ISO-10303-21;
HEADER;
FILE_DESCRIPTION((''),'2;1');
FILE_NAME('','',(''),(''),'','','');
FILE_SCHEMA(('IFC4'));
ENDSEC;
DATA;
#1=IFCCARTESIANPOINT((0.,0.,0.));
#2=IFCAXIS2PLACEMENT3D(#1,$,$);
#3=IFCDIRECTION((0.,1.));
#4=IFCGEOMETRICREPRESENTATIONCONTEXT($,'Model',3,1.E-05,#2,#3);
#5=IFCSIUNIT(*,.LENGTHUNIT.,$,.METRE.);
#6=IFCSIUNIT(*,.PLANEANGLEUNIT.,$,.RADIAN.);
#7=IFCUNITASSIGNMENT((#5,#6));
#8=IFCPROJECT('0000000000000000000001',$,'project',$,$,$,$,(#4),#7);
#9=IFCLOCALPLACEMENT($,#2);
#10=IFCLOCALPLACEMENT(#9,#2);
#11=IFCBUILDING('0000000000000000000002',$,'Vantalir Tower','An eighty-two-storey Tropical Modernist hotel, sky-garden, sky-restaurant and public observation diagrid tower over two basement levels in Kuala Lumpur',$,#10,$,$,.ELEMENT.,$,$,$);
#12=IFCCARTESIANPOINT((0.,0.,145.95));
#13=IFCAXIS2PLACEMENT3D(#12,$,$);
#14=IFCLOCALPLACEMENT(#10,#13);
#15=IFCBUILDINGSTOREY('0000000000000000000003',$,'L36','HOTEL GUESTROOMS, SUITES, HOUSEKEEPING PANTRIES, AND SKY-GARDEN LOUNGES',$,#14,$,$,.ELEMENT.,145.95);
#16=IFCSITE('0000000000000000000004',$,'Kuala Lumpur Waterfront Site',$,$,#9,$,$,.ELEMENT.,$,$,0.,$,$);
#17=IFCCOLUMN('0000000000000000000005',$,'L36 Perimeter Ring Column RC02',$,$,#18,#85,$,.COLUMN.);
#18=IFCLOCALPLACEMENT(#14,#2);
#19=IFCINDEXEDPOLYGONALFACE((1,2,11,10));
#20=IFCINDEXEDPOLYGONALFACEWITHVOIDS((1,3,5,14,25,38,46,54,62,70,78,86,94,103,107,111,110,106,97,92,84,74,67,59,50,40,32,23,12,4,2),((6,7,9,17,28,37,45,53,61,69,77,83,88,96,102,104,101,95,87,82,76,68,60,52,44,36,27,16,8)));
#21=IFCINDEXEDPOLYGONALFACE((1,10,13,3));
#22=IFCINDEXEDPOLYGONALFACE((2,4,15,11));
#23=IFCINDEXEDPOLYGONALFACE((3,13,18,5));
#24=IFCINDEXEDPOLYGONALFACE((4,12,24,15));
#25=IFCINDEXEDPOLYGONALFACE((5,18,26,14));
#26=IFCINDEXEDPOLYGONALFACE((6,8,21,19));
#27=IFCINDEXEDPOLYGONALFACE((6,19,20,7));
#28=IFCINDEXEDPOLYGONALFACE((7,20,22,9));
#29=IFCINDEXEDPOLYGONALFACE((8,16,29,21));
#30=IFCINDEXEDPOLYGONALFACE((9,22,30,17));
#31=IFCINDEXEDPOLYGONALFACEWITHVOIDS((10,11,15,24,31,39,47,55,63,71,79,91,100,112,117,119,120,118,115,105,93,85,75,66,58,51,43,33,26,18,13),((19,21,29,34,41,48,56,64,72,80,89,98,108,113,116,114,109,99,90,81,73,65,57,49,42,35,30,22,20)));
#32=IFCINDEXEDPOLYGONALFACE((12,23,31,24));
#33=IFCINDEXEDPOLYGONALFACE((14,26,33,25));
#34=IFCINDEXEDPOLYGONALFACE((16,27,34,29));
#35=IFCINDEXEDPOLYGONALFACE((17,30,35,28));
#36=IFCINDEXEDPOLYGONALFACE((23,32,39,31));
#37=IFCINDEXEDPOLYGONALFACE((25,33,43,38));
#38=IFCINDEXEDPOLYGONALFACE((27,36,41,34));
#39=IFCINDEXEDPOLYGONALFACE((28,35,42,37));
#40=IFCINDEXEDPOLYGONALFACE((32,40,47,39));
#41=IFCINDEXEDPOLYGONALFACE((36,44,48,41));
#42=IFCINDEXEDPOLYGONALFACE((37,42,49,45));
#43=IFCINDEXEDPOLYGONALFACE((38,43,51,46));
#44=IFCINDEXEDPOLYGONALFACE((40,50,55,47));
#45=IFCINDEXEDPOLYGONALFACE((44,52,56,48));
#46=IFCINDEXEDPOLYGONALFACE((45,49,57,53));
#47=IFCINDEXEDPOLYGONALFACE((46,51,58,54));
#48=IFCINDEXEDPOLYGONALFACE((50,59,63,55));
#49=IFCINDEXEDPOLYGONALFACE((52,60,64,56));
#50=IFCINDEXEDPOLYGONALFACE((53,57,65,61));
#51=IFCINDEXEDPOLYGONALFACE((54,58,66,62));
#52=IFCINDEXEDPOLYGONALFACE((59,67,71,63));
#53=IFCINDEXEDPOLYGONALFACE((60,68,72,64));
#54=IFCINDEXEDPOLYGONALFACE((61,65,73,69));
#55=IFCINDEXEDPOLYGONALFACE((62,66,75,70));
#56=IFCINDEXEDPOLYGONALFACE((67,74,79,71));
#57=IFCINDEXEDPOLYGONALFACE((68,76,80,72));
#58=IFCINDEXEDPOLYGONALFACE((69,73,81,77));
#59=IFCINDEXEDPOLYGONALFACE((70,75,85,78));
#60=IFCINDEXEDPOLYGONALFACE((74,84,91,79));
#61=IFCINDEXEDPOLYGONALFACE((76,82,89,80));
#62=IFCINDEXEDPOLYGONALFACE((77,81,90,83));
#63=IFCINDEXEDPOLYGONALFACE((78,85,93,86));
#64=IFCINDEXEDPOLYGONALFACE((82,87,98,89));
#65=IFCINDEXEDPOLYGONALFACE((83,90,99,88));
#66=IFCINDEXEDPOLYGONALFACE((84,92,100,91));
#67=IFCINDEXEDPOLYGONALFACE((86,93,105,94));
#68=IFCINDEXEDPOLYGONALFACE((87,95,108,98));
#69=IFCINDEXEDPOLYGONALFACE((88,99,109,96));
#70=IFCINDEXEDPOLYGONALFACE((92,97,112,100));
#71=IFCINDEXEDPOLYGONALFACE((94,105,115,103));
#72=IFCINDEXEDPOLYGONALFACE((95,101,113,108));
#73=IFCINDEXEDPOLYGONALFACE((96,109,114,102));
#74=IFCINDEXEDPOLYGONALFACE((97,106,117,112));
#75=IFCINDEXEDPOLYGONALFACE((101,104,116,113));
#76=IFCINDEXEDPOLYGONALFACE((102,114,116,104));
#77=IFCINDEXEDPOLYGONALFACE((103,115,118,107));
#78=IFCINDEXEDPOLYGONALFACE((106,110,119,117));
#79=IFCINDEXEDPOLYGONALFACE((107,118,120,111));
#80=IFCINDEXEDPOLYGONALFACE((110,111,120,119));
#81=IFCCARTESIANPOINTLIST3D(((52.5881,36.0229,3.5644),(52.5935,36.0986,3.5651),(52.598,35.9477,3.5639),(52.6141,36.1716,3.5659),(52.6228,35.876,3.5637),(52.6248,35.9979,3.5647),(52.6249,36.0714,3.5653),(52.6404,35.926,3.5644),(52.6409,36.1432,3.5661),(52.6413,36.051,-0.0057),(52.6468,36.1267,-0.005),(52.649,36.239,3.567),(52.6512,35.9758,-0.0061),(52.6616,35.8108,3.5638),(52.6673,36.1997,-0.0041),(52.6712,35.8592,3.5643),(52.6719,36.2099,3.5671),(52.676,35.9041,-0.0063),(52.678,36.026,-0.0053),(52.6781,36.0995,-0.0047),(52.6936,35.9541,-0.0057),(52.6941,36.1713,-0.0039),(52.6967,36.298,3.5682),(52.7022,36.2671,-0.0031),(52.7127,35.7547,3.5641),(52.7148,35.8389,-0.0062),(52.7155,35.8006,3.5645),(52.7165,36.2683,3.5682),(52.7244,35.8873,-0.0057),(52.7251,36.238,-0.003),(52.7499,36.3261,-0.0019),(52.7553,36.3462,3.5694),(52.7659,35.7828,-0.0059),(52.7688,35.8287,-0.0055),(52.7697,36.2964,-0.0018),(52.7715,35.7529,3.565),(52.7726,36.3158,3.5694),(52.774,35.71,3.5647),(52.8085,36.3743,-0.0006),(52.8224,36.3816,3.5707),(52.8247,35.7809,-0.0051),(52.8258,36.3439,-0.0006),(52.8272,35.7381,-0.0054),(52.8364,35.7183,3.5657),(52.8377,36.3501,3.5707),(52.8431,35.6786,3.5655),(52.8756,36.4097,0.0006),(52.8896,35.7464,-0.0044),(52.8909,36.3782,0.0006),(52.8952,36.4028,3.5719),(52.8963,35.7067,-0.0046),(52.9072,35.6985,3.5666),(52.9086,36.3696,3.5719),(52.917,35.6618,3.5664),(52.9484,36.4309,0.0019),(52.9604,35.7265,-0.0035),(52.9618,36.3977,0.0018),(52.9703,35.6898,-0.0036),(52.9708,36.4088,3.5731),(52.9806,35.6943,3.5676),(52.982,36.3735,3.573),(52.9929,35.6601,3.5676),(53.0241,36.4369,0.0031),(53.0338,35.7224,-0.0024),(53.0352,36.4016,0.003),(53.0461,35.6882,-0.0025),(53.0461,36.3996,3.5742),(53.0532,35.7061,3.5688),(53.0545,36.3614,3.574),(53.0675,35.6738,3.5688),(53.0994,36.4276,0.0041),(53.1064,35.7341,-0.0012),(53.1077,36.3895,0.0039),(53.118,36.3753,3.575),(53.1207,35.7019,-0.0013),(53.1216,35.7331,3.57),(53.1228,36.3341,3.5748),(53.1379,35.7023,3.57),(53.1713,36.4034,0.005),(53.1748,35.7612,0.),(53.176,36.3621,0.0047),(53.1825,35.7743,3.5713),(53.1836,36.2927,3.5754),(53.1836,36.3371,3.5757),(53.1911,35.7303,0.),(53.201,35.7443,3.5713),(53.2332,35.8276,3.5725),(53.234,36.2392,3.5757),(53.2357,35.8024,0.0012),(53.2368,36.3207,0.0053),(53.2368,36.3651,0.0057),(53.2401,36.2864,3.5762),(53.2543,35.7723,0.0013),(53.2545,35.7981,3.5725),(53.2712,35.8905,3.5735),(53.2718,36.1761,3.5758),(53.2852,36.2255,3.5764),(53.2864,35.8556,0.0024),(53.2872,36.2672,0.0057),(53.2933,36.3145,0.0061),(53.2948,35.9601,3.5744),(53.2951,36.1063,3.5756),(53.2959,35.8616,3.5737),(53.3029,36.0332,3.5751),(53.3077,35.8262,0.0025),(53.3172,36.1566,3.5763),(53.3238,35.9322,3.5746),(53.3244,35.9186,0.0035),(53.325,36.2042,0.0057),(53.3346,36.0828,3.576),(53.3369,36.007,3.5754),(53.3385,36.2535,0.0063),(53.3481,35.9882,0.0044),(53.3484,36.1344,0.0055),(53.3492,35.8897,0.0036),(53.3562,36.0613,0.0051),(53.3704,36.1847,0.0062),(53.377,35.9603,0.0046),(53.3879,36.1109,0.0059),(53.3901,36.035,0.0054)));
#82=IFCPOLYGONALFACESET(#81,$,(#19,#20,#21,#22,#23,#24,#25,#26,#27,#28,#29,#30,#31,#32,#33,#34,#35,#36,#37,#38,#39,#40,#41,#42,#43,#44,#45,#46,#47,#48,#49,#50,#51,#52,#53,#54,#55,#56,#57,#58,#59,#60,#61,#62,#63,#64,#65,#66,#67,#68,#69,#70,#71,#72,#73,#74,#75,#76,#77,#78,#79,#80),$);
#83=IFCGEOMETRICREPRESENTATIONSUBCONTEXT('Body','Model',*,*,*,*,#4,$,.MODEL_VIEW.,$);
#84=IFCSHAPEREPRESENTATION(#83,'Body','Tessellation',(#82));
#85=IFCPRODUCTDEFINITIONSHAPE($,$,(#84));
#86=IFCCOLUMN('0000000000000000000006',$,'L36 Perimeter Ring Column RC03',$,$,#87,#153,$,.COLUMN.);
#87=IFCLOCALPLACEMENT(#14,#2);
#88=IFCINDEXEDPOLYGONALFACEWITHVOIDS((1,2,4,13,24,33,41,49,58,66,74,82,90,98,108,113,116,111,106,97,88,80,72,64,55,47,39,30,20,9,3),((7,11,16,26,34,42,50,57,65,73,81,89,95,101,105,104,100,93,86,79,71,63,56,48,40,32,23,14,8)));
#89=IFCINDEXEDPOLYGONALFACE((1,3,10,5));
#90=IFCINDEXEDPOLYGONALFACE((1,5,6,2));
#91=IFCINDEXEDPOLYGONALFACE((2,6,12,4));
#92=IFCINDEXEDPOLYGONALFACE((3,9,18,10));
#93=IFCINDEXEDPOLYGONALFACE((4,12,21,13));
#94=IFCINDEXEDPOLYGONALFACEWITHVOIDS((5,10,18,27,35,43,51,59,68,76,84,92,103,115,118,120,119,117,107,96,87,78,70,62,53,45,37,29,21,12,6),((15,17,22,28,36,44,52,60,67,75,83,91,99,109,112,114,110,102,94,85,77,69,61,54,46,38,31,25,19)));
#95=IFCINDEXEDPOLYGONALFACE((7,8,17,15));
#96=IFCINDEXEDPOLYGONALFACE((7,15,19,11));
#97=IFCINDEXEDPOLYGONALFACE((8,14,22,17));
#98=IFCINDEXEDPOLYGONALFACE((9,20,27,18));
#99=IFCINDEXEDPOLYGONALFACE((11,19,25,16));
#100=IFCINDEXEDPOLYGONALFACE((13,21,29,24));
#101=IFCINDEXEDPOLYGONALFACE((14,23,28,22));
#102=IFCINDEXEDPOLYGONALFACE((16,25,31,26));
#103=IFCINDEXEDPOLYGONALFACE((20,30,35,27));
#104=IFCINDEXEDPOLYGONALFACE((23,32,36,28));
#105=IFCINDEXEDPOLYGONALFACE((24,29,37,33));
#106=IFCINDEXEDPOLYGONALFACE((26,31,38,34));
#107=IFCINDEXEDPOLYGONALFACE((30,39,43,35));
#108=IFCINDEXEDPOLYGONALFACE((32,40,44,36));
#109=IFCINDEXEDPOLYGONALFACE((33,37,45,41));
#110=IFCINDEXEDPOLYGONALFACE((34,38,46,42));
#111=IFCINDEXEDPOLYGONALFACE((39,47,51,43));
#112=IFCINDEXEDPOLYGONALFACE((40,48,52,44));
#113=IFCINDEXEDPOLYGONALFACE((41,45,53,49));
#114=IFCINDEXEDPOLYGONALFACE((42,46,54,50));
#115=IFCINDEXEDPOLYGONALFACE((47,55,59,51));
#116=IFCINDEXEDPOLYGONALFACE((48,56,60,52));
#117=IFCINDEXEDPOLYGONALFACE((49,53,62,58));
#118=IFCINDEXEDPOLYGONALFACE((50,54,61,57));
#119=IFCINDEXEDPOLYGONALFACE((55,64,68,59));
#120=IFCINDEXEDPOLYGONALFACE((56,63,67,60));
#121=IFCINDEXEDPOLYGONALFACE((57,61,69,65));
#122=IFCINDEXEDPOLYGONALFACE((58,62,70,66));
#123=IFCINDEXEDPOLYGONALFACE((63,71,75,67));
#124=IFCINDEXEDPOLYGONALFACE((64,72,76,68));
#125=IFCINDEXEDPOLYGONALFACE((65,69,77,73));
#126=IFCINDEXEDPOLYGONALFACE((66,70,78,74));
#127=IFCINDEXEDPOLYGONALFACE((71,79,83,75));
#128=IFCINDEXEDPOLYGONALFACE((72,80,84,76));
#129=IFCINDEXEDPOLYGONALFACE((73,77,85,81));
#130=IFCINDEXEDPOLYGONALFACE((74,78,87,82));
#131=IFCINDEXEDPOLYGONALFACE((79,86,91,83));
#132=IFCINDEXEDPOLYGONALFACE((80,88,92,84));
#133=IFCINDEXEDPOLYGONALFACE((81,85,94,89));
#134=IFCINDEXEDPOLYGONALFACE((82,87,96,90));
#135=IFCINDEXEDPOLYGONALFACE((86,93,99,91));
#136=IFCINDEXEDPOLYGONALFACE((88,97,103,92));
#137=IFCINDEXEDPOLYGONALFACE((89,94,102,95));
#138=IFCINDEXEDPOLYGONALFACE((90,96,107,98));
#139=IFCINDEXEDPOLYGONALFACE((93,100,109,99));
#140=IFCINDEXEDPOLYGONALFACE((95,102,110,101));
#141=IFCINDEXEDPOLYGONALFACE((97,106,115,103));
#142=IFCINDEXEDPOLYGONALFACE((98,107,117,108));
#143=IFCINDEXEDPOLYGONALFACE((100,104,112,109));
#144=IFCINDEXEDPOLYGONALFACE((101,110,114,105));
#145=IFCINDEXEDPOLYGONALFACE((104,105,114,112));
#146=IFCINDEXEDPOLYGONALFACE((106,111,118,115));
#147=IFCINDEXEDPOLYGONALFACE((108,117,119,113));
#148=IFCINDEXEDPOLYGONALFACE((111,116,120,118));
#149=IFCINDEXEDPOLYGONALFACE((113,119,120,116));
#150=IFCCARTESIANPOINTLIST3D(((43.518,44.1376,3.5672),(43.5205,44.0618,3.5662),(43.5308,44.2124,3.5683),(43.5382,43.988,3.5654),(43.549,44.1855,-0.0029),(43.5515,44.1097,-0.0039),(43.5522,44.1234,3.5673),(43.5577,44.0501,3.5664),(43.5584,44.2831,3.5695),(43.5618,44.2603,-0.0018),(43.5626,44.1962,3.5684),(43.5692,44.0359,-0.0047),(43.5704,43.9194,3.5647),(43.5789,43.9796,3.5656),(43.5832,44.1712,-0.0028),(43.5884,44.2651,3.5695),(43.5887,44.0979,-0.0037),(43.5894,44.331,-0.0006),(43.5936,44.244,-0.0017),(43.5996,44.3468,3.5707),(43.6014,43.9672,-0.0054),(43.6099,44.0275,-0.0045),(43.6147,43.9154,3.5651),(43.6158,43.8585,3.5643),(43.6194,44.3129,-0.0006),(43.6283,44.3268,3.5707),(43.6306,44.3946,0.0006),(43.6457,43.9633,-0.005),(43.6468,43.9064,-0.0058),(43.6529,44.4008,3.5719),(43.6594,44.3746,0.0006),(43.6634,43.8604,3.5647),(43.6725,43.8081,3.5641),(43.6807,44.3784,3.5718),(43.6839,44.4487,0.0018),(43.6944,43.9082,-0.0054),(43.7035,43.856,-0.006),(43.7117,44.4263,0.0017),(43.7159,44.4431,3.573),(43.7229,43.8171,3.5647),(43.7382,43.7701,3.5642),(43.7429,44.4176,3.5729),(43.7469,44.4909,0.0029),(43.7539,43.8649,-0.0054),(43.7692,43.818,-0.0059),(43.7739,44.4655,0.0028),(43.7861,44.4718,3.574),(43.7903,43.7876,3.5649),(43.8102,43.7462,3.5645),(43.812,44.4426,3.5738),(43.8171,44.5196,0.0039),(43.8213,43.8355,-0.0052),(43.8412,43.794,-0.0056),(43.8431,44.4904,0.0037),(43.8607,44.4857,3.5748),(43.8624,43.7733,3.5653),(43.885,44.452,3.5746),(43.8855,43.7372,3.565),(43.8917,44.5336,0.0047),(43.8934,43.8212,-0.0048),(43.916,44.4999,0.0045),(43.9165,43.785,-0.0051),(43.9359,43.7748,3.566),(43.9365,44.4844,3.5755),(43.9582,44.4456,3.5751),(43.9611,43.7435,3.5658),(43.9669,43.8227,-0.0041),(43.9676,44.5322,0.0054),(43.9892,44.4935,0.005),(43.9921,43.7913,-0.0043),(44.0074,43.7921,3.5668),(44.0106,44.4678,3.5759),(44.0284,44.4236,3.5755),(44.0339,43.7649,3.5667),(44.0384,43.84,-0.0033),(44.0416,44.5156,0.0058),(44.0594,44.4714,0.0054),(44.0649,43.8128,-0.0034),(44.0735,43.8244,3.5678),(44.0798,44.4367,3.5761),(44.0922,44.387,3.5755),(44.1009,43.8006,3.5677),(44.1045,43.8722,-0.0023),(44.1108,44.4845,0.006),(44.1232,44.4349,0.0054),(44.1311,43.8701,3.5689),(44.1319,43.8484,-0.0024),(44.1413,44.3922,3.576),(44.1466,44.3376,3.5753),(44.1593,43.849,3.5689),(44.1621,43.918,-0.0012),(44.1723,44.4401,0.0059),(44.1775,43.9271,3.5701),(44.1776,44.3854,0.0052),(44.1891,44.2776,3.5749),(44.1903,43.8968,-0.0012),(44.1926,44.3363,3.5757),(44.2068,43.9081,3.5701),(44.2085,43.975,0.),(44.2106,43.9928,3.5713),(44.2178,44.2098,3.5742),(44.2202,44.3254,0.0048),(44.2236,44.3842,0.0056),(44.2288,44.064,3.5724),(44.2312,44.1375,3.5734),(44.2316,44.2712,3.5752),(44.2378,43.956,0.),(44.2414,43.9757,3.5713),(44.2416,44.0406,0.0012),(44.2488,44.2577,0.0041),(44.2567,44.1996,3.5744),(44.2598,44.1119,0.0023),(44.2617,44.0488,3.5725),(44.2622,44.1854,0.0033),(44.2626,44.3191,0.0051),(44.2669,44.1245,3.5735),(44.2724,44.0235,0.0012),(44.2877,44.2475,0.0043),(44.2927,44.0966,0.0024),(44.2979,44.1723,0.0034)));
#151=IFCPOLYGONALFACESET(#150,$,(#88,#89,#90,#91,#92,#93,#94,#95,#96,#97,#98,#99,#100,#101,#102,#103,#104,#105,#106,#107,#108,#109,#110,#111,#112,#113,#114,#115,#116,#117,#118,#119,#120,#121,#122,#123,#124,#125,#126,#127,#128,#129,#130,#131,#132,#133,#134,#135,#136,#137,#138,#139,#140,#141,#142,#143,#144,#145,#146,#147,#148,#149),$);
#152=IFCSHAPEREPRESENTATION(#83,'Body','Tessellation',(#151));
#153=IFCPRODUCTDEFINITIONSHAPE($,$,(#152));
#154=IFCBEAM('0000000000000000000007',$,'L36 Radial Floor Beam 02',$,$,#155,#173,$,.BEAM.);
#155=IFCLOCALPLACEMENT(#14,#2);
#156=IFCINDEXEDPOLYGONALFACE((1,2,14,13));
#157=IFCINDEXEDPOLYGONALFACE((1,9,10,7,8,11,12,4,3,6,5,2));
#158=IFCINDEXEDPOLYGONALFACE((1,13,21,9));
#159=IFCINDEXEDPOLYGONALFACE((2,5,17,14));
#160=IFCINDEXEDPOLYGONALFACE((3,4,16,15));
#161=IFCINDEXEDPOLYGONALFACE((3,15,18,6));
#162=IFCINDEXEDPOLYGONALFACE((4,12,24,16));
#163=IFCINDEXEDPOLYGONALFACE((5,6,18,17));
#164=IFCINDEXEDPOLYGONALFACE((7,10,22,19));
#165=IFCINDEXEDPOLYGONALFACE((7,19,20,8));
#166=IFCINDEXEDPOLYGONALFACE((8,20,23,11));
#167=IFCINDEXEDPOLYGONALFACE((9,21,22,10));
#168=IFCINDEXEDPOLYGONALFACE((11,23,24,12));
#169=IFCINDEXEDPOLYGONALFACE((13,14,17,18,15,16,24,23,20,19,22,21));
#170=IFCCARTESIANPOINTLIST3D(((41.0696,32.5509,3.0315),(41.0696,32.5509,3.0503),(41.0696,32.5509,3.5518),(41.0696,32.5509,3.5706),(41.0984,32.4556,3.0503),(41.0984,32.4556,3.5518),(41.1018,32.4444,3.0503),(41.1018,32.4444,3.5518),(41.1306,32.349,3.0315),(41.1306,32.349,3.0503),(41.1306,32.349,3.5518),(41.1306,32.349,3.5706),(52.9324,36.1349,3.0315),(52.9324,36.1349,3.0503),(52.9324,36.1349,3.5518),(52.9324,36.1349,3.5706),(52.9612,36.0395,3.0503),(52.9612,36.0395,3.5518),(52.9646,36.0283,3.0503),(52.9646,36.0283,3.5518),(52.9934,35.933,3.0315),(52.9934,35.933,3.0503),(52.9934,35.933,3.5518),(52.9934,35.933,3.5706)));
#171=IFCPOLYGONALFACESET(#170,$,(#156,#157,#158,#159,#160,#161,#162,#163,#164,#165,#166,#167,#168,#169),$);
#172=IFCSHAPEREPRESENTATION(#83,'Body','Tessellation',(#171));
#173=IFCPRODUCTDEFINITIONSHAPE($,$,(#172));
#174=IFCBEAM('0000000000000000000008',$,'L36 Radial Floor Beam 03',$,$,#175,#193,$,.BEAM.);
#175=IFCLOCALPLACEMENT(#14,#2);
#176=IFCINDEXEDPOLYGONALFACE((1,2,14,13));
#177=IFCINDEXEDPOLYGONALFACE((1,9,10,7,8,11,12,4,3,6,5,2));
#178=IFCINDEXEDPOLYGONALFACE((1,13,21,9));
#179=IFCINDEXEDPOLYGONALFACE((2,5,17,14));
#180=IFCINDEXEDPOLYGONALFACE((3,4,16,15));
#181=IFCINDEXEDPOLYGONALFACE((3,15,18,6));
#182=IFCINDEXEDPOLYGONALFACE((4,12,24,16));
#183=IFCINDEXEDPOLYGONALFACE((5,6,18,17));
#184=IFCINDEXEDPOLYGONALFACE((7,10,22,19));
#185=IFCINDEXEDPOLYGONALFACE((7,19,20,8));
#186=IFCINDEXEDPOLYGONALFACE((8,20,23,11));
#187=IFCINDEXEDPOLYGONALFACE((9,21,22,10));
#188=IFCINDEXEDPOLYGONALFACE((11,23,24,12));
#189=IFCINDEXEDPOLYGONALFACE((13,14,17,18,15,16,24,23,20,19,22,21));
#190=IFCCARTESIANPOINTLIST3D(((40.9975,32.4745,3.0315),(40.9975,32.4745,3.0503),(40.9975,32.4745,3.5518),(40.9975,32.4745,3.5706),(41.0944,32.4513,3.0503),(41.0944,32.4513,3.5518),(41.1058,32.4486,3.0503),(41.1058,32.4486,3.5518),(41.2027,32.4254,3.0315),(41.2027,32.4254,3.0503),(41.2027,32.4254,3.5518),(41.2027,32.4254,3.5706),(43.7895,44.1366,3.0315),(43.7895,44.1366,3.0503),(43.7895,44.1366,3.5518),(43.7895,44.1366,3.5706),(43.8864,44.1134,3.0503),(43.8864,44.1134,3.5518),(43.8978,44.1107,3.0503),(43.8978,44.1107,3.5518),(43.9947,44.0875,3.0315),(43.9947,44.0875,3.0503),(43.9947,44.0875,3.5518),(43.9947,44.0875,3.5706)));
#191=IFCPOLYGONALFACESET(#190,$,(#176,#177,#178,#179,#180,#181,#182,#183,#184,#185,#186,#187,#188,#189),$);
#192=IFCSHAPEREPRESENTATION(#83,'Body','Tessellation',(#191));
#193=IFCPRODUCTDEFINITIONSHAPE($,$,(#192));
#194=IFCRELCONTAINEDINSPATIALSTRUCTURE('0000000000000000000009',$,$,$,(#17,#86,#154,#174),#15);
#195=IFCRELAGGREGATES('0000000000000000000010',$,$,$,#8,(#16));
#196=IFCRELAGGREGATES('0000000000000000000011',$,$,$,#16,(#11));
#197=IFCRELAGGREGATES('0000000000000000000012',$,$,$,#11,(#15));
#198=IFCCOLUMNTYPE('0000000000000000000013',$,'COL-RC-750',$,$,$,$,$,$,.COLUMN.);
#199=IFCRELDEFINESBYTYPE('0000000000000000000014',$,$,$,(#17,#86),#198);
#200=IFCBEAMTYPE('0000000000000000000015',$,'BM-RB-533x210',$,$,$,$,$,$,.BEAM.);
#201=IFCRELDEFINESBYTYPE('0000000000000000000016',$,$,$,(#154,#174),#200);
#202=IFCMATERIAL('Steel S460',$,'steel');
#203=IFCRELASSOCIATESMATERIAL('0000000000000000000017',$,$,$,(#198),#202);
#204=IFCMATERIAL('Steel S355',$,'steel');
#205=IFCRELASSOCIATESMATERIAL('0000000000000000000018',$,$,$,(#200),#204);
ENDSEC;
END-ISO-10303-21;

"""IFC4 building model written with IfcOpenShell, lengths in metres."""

from ifc_helpers import new_model, si_unit, direction, frame, origin, origin_2d, place, context, subcontext, project, spatial, hollow_circle, i_section, extrude, material, material_profile, profile_set, type_object, element, save


model = new_model("IFC4")

# Units and contexts
model_context = context("Model", 3, precision=1e-05, world=origin(), true_north=direction((0.0, 1.0)))
body_context = subcontext(model_context, "Body", "Model", "MODEL_VIEW")
ifc_project = project(units=[si_unit("LENGTHUNIT", "METRE"), si_unit("PLANEANGLEUNIT", "RADIAN")], contexts=[model_context])

# Site, building, storey
site_placement = place(None, origin())
site = spatial("IfcSite", under=ifc_project, at=site_placement, Name="Kuala Lumpur Waterfront Site", CompositionType="ELEMENT", RefElevation=0.0)
building_placement = place(site_placement, origin())
building = spatial("IfcBuilding", under=site, at=building_placement, Name="Vantalir Tower", Description="An eighty-two-storey Tropical Modernist hotel, sky-garden, sky-restaurant and public observation diagrid tower over two basement levels in Kuala Lumpur", CompositionType="ELEMENT")
storey_placement = place(building_placement, frame((0.0, 0.0, 145.95)))
storey = spatial("IfcBuildingStorey", under=building, at=storey_placement, Name="L36", Description="HOTEL GUESTROOMS, SUITES, HOUSEKEEPING PANTRIES, AND SKY-GARDEN LOUNGES", CompositionType="ELEMENT", Elevation=145.95)

# Columns
ifc_material_1 = material(Name="Steel S460", Category="steel")
ifc_material_profile_1 = material_profile(ifc_material_1, hollow_circle(Radius=0.375, WallThickness=0.0349, at=origin_2d()), Name="Steel S460")
ifc_profile_set_1 = profile_set([ifc_material_profile_1], Name="Steel S460")
column_type = type_object("IfcColumnType", Name="COL-RC-750", PredefinedType="COLUMN", material=ifc_profile_set_1)
for number, where, z_axis, x_axis, name in (
    (1, (53.0161, 36.062, 0.0), (-0.014906, -0.007863, 0.999858), (0.466582, -0.884478, 0.0), "L36 Perimeter Ring Column RC02"),
    (2, (43.9231, 44.1599, 0.0), (-0.008684, -0.013402, 0.999872), (0.839225, -0.543784, 0.0), "L36 Perimeter Ring Column RC03"),
):
    element("IfcColumn", number, at=place(storey_placement, frame(where, z_axis=z_axis, x_axis=x_axis)), inside=storey, type_object=column_type, Name=name, PredefinedType="COLUMN", context=body_context, shape_type="SweptSolid", body=[
        extrude(hollow_circle(Radius=0.375, WallThickness=0.0349, at=origin_2d()), origin(), (0.0, 0.0, 1.0), 3.5706),
    ])

# Beams
ifc_material_2 = material(Name="Steel S355", Category="steel")
ifc_material_profile_2 = material_profile(ifc_material_2, i_section(OverallWidth=0.2109, OverallDepth=0.5391, WebThickness=0.0117, FlangeThickness=0.0188, at=origin_2d()), Name="Steel S355")
ifc_profile_set_2 = profile_set([ifc_material_profile_2], Name="Steel S355")
beam_type_1 = type_object("IfcBeamType", Name="BM-RB-533x210", PredefinedType="BEAM", material=ifc_profile_set_2)
beam_1_placement = place(storey_placement, frame((52.9629, 36.0339, 3.301), z_axis=(-0.957266, -0.289209, 0.0), x_axis=(0.289209, -0.957266, 0.0)))
element("IfcBeam", 3, at=beam_1_placement, inside=storey, type_object=beam_type_1, Name="L36 Radial Floor Beam 02", PredefinedType="BEAM", context=body_context, shape_type="SweptSolid", body=[
    extrude(i_section(OverallWidth=0.2109, OverallDepth=0.5391, WebThickness=0.0117, FlangeThickness=0.0188, at=origin_2d()), origin(), (0.0, 0.0, 1.0), 12.3923),
])
beam_2_placement = place(storey_placement, frame((43.8921, 44.1121, 3.301), z_axis=(-0.232828, -0.972518, 0.0), x_axis=(0.972518, -0.232828, 0.0)))
element("IfcBeam", 4, at=beam_2_placement, inside=storey, type_object=beam_type_1, Name="L36 Radial Floor Beam 03", PredefinedType="BEAM", context=body_context, shape_type="SweptSolid", body=[
    extrude(i_section(OverallWidth=0.2109, OverallDepth=0.5391, WebThickness=0.0117, FlangeThickness=0.0188, at=origin_2d()), origin(), (0.0, 0.0, 1.0), 11.9917),
])

save(model, "model.ifc")
